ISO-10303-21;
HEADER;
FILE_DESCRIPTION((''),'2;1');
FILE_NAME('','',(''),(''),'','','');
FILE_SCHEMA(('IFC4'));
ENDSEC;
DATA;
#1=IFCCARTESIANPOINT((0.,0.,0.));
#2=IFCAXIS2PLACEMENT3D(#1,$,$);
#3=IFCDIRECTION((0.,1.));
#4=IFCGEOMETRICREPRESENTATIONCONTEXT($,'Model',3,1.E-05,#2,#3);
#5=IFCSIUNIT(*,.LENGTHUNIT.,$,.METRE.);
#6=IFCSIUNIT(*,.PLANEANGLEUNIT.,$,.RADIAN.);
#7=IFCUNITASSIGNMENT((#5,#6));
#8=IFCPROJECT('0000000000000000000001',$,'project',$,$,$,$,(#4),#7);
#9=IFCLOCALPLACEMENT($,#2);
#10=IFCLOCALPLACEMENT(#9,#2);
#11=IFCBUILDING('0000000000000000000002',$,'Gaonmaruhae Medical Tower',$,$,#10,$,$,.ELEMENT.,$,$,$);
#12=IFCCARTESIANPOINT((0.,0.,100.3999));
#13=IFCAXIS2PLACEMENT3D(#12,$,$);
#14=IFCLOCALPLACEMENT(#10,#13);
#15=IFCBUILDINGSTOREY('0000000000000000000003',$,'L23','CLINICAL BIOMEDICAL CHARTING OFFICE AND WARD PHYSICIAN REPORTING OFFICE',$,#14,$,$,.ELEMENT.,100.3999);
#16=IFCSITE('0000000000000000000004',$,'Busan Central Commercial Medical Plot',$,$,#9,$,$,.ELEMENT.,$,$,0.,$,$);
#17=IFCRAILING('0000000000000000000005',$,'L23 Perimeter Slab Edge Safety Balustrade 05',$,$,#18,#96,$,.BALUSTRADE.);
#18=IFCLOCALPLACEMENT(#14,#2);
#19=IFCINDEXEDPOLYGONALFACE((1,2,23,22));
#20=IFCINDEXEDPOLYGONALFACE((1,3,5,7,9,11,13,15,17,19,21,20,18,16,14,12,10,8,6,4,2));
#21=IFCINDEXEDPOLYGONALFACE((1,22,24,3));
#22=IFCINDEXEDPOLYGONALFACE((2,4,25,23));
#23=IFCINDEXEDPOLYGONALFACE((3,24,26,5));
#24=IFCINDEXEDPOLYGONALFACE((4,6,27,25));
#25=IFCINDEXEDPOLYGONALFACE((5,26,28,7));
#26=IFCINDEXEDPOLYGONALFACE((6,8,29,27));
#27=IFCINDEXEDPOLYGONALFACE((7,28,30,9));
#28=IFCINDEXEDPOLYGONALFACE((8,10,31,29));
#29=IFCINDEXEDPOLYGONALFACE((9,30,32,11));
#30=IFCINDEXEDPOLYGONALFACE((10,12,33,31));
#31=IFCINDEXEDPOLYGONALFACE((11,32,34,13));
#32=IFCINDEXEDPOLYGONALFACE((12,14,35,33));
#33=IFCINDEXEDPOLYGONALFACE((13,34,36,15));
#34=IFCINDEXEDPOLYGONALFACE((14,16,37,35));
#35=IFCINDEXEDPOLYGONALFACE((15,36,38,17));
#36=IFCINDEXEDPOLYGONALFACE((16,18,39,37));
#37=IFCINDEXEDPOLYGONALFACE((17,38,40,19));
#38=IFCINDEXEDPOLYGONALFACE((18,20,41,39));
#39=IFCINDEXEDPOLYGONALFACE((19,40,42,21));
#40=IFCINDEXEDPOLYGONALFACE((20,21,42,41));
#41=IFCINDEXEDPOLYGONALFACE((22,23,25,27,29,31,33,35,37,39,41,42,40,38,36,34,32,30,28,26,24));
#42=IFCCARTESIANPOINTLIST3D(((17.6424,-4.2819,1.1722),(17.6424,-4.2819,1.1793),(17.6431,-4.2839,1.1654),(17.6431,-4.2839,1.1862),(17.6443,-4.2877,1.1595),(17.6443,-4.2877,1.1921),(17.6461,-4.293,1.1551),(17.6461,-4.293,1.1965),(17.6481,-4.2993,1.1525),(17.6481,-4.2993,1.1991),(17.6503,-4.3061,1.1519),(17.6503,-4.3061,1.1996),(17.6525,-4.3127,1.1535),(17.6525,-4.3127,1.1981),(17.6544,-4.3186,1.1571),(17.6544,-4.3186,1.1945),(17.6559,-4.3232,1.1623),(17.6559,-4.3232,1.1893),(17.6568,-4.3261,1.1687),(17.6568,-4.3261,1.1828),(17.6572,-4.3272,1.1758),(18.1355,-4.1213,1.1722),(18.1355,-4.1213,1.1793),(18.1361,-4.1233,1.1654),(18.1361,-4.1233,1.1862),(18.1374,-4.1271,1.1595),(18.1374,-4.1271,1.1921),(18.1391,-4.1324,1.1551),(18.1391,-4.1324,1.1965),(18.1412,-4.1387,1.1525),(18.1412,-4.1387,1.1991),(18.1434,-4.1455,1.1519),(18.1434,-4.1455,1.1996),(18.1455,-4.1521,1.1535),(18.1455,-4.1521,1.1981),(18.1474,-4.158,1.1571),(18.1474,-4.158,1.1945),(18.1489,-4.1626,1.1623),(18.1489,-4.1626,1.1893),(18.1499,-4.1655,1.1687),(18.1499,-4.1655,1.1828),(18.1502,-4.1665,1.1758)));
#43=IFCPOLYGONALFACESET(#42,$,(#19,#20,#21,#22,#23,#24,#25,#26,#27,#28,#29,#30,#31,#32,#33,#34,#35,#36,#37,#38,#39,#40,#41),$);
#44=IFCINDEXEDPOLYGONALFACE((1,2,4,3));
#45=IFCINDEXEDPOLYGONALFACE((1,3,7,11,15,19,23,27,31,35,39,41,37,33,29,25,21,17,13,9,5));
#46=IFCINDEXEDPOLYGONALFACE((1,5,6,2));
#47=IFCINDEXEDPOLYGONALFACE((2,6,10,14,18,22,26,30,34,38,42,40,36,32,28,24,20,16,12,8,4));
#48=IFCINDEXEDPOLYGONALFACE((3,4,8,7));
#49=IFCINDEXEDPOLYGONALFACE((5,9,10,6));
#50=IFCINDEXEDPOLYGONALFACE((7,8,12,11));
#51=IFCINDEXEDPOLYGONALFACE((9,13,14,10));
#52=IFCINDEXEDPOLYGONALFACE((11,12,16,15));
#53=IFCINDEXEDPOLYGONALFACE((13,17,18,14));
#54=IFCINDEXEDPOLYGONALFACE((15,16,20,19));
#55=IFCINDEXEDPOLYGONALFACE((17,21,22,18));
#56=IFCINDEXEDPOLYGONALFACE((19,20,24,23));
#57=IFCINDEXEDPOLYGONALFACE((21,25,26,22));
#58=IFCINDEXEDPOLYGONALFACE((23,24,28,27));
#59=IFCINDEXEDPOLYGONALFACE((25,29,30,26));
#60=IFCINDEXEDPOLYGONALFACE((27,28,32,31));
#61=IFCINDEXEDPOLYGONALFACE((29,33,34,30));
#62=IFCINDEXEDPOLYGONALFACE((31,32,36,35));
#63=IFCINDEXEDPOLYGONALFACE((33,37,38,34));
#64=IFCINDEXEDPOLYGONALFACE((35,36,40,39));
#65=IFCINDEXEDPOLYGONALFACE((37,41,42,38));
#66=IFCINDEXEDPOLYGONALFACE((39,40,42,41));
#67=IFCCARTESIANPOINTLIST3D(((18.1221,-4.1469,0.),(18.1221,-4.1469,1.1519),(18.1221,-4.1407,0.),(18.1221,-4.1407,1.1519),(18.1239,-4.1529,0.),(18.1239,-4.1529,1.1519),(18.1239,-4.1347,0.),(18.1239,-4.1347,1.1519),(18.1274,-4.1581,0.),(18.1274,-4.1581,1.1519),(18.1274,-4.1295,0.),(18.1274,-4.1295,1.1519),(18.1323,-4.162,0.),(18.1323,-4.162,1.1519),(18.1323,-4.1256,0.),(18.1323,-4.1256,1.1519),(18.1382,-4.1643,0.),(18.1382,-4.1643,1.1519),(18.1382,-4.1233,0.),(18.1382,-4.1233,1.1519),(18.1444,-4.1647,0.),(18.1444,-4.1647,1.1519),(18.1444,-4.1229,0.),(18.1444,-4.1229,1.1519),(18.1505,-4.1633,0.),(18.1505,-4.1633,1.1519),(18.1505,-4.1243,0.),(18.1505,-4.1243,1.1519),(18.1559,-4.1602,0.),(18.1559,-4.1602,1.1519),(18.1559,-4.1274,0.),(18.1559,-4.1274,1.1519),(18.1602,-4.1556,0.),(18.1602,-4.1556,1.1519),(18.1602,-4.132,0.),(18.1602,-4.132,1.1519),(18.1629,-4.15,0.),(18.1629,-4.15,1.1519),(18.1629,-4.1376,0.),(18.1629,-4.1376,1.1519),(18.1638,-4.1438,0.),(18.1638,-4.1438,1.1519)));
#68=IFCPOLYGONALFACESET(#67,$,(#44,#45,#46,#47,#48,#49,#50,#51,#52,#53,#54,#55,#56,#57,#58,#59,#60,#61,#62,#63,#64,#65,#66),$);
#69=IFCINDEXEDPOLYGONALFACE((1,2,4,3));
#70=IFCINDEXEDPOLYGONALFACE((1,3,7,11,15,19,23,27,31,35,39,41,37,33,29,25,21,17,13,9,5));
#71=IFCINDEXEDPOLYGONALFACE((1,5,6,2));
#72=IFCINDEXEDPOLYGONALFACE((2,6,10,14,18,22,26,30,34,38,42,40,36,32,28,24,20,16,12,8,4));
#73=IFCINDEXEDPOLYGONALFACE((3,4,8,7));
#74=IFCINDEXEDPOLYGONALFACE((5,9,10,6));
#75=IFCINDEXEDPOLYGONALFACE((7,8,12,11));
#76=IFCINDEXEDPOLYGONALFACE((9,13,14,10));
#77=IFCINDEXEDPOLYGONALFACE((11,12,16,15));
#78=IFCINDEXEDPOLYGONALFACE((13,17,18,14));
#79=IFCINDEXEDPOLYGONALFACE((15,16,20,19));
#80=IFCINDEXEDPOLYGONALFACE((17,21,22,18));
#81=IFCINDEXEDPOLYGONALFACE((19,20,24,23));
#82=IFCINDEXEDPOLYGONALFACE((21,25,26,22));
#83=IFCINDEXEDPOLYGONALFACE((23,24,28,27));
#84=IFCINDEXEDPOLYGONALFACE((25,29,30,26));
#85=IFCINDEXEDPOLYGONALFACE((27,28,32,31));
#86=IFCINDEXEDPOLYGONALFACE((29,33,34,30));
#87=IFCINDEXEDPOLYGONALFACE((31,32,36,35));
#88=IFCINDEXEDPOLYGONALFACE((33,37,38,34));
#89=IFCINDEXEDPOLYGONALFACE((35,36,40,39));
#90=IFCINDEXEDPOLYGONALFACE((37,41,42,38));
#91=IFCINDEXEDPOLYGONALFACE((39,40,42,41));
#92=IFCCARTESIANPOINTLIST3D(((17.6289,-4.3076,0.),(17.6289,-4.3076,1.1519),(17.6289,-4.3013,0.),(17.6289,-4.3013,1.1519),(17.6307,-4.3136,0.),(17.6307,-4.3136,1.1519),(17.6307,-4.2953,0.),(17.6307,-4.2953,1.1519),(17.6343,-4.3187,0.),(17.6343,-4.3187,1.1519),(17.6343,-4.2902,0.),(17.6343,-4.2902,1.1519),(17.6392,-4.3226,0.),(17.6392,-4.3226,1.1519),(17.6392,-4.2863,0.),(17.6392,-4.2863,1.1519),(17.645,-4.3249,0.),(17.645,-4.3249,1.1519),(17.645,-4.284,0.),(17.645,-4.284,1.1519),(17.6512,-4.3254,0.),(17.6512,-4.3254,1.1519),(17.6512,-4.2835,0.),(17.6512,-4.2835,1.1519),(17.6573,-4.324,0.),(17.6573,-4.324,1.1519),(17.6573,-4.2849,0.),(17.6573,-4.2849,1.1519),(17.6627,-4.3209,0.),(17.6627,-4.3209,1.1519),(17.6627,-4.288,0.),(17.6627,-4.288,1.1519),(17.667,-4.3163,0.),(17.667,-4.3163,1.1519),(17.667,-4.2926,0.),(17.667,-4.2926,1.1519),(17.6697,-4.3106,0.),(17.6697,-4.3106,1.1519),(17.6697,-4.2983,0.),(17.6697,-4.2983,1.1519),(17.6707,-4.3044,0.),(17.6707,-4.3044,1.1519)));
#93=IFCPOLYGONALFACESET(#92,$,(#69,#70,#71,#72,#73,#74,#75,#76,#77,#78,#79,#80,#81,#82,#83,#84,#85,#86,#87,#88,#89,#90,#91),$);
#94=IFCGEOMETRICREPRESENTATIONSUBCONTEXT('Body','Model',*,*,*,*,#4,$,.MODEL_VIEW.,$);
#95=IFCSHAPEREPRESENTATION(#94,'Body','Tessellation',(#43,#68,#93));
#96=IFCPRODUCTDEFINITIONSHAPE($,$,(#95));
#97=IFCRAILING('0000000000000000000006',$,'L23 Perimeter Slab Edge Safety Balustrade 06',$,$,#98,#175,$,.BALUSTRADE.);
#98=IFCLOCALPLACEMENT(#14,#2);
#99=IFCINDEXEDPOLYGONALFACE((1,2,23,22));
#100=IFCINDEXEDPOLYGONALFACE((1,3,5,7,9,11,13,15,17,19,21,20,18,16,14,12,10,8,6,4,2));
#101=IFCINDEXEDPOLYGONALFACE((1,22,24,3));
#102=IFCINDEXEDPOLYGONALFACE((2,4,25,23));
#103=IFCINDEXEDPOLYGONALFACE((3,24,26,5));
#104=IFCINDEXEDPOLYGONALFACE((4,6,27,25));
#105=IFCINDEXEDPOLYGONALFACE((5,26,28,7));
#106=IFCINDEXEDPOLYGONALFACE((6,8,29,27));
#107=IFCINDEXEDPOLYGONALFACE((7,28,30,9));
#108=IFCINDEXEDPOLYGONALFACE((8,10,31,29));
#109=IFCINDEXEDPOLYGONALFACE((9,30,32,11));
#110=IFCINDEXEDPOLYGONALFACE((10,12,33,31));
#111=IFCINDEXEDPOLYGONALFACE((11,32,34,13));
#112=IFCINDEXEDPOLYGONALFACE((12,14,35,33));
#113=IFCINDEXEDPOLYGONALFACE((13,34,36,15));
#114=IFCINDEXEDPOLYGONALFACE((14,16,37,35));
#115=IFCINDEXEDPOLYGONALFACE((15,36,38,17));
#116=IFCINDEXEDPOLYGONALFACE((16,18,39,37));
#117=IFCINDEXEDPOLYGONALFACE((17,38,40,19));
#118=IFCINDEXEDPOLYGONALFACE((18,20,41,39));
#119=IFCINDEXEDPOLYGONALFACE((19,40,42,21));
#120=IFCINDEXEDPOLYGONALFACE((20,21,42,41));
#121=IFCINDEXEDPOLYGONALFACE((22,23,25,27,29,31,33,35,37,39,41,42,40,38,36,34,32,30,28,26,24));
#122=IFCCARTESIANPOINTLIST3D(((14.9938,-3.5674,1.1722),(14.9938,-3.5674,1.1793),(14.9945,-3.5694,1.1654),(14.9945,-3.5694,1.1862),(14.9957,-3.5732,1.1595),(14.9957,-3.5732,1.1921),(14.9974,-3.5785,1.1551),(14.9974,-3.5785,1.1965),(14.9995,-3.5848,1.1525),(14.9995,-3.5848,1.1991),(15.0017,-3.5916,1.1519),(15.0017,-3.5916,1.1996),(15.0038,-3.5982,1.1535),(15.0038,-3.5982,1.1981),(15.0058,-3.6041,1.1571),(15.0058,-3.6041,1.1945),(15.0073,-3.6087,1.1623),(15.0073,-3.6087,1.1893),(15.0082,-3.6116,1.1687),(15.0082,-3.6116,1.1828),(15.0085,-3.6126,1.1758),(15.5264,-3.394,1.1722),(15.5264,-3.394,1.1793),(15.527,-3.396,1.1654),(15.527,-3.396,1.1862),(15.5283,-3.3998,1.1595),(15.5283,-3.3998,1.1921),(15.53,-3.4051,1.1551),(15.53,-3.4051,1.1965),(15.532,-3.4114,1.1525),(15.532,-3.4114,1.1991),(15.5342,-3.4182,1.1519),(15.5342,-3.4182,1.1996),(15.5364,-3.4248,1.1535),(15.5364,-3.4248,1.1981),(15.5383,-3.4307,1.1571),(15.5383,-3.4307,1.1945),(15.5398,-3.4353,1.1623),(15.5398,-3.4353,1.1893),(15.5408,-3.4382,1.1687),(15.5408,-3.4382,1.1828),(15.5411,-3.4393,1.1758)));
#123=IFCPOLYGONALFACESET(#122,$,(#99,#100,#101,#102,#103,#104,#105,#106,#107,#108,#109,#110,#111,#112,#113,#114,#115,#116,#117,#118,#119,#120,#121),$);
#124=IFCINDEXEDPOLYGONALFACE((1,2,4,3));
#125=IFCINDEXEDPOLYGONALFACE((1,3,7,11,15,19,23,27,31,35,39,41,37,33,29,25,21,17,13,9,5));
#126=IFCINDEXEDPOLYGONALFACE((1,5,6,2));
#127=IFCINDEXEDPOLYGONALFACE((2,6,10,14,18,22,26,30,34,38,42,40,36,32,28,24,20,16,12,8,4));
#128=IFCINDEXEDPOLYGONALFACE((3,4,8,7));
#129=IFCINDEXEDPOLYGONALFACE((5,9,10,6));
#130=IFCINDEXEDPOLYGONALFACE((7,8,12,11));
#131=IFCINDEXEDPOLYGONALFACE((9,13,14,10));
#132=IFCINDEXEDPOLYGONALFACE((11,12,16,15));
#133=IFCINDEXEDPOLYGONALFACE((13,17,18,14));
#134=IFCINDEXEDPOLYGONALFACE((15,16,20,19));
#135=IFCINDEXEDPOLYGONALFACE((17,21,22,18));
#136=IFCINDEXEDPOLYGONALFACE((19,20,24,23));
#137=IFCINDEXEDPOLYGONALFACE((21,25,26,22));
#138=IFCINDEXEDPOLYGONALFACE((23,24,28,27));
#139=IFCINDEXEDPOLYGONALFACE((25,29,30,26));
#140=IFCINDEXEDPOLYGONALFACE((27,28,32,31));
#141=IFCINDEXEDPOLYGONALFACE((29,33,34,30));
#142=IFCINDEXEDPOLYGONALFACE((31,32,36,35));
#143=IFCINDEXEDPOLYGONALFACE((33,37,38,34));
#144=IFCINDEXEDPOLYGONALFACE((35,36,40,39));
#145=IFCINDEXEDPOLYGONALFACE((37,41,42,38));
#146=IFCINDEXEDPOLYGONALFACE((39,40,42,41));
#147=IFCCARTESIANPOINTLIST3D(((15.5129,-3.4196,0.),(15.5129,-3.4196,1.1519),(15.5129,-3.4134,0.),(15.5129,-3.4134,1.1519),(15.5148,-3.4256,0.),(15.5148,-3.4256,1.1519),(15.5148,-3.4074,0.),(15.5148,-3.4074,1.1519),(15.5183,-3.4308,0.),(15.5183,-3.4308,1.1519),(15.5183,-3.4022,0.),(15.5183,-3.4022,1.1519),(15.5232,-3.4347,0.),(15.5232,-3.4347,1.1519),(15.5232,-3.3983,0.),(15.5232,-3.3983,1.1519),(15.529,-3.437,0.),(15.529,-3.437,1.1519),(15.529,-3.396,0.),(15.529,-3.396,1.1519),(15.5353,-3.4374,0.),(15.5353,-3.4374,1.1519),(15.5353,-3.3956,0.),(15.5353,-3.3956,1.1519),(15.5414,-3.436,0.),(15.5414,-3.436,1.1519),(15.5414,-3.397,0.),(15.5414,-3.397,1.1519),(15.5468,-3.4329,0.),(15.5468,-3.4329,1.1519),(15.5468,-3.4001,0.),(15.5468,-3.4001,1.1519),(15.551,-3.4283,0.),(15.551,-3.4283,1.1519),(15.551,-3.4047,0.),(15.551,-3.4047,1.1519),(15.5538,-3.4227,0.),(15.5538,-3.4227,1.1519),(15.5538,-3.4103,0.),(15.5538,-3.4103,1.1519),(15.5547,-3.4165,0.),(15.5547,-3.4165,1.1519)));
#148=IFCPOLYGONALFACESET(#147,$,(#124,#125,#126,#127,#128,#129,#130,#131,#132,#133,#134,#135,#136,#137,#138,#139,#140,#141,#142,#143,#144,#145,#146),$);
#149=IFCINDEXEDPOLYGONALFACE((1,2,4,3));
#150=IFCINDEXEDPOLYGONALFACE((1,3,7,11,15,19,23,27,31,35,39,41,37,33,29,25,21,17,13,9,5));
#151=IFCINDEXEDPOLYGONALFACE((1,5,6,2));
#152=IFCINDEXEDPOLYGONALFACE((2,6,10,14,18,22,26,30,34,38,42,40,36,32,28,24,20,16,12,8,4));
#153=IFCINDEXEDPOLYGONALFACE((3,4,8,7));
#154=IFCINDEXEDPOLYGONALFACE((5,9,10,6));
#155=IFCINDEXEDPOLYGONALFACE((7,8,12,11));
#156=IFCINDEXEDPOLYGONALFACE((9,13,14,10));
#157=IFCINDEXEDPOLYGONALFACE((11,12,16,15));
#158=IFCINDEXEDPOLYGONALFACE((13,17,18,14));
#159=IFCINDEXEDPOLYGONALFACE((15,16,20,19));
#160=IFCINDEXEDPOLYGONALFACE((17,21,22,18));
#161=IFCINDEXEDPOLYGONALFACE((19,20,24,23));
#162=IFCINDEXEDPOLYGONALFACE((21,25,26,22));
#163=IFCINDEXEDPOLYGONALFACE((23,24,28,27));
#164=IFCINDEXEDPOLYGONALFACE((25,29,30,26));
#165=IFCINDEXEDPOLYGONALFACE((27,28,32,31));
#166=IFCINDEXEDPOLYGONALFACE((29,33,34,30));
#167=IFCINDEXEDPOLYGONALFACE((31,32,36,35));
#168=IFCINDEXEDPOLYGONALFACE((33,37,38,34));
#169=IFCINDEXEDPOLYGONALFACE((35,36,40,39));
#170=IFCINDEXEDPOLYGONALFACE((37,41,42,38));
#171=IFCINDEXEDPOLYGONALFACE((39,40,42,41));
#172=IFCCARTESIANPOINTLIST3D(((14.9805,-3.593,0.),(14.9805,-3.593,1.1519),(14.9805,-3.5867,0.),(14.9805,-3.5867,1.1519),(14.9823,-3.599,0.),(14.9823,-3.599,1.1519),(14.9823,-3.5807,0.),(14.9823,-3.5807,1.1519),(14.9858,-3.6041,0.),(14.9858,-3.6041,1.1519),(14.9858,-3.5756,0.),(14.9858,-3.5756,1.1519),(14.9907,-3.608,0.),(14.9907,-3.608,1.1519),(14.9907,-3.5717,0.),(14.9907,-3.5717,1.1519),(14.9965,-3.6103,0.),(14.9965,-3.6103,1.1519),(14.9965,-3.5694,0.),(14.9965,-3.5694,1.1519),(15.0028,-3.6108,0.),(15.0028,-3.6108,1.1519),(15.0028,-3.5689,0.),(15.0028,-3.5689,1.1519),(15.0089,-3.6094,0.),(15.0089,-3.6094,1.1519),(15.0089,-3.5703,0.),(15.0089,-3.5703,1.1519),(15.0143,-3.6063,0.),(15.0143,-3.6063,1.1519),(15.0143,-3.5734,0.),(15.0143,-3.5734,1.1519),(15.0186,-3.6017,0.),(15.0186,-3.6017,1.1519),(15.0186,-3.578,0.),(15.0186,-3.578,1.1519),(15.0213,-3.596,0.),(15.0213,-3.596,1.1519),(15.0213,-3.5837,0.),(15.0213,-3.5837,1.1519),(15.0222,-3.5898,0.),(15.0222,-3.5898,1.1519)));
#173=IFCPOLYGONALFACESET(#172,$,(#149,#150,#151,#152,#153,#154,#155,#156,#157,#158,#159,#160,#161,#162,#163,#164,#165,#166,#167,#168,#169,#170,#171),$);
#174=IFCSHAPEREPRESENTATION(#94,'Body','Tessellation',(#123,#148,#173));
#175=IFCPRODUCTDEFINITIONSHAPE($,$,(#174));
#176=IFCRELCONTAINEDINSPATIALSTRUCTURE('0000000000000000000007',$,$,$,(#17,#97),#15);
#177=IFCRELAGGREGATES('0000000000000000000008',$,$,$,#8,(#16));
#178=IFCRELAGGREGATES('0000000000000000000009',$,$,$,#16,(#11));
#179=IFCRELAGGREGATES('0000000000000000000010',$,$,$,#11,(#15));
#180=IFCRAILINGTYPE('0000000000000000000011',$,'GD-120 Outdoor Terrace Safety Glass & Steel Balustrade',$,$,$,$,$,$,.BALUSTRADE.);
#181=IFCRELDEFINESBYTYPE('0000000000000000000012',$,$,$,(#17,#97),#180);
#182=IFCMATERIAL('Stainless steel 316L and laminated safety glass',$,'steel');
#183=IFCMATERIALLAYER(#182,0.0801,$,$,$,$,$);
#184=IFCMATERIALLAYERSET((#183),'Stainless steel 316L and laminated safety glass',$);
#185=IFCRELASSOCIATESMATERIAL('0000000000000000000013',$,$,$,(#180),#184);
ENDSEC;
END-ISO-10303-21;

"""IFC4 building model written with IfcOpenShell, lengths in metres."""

from ifc_helpers import new_model, si_unit, direction, frame, origin, origin_2d, place, context, subcontext, project, spatial, circle, extrude, material, layer, layer_set, type_object, element, save


model = new_model("IFC4")

# Units and contexts
model_context = context("Model", 3, precision=1e-05, world=origin(), true_north=direction((0.0, 1.0)))
body_context = subcontext(model_context, "Body", "Model", "MODEL_VIEW")
ifc_project = project(units=[si_unit("LENGTHUNIT", "METRE"), si_unit("PLANEANGLEUNIT", "RADIAN")], contexts=[model_context])

# Site, building, storey
site_placement = place(None, origin())
site = spatial("IfcSite", under=ifc_project, at=site_placement, Name="Busan Central Commercial Medical Plot", CompositionType="ELEMENT", RefElevation=0.0)
building_placement = place(site_placement, origin())
building = spatial("IfcBuilding", under=site, at=building_placement, Name="Gaonmaruhae Medical Tower", CompositionType="ELEMENT")
storey_placement = place(building_placement, frame((0.0, 0.0, 100.3999)))
storey = spatial("IfcBuildingStorey", under=building, at=storey_placement, Name="L23", Description="CLINICAL BIOMEDICAL CHARTING OFFICE AND WARD PHYSICIAN REPORTING OFFICE", CompositionType="ELEMENT", Elevation=100.3999)

# Railings
ifc_material_1 = material(Name="Stainless steel 316L and laminated safety glass", Category="steel")
ifc_layer_1 = layer(ifc_material_1, 0.0801)
ifc_layer_set_1 = layer_set([ifc_layer_1], Name="Stainless steel 316L and laminated safety glass")
railing_type_1 = type_object("IfcRailingType", Name="GD-120 Outdoor Terrace Safety Glass & Steel Balustrade", PredefinedType="BALUSTRADE", material=ifc_layer_set_1)
railing_1_placement = place(storey_placement, frame((18.1428, -4.1438, 0.0)))
element("IfcRailing", 1, at=railing_1_placement, inside=storey, type_object=railing_type_1, Name="L23 Perimeter Slab Edge Safety Balustrade 05", PredefinedType="BALUSTRADE", context=body_context, shape_type="SweptSolid", body=[
    extrude(circle(Radius=0.0239, at=origin_2d()), frame((0.0, 0.0, 1.1758), z_axis=(-0.950826, -0.309725, 0.0), x_axis=(0.309725, -0.950826, 0.0)), (0.0, 0.0, 1.0), 0.5186),
    extrude(circle(Radius=0.021, at=origin_2d()), origin(), (0.0, 0.0, 1.0), 1.1519),
    extrude(circle(Radius=0.021, at=origin_2d()), frame((-0.4932, -0.1606, 0.0)), (0.0, 0.0, 1.0), 1.1519),
])
railing_2_placement = place(storey_placement, frame((15.5337, -3.4165, 0.0)))
element("IfcRailing", 2, at=railing_2_placement, inside=storey, type_object=railing_type_1, Name="L23 Perimeter Slab Edge Safety Balustrade 06", PredefinedType="BALUSTRADE", context=body_context, shape_type="SweptSolid", body=[
    extrude(circle(Radius=0.0239, at=origin_2d()), frame((0.0, 0.0, 1.1758), z_axis=(-0.950883, -0.309549, 0.0), x_axis=(0.309549, -0.950883, 0.0)), (0.0, 0.0, 1.0), 0.5601),
    extrude(circle(Radius=0.021, at=origin_2d()), origin(), (0.0, 0.0, 1.0), 1.1519),
    extrude(circle(Radius=0.021, at=origin_2d()), frame((-0.5325, -0.1733, 0.0)), (0.0, 0.0, 1.0), 1.1519),
])

save(model, "model.ifc")
